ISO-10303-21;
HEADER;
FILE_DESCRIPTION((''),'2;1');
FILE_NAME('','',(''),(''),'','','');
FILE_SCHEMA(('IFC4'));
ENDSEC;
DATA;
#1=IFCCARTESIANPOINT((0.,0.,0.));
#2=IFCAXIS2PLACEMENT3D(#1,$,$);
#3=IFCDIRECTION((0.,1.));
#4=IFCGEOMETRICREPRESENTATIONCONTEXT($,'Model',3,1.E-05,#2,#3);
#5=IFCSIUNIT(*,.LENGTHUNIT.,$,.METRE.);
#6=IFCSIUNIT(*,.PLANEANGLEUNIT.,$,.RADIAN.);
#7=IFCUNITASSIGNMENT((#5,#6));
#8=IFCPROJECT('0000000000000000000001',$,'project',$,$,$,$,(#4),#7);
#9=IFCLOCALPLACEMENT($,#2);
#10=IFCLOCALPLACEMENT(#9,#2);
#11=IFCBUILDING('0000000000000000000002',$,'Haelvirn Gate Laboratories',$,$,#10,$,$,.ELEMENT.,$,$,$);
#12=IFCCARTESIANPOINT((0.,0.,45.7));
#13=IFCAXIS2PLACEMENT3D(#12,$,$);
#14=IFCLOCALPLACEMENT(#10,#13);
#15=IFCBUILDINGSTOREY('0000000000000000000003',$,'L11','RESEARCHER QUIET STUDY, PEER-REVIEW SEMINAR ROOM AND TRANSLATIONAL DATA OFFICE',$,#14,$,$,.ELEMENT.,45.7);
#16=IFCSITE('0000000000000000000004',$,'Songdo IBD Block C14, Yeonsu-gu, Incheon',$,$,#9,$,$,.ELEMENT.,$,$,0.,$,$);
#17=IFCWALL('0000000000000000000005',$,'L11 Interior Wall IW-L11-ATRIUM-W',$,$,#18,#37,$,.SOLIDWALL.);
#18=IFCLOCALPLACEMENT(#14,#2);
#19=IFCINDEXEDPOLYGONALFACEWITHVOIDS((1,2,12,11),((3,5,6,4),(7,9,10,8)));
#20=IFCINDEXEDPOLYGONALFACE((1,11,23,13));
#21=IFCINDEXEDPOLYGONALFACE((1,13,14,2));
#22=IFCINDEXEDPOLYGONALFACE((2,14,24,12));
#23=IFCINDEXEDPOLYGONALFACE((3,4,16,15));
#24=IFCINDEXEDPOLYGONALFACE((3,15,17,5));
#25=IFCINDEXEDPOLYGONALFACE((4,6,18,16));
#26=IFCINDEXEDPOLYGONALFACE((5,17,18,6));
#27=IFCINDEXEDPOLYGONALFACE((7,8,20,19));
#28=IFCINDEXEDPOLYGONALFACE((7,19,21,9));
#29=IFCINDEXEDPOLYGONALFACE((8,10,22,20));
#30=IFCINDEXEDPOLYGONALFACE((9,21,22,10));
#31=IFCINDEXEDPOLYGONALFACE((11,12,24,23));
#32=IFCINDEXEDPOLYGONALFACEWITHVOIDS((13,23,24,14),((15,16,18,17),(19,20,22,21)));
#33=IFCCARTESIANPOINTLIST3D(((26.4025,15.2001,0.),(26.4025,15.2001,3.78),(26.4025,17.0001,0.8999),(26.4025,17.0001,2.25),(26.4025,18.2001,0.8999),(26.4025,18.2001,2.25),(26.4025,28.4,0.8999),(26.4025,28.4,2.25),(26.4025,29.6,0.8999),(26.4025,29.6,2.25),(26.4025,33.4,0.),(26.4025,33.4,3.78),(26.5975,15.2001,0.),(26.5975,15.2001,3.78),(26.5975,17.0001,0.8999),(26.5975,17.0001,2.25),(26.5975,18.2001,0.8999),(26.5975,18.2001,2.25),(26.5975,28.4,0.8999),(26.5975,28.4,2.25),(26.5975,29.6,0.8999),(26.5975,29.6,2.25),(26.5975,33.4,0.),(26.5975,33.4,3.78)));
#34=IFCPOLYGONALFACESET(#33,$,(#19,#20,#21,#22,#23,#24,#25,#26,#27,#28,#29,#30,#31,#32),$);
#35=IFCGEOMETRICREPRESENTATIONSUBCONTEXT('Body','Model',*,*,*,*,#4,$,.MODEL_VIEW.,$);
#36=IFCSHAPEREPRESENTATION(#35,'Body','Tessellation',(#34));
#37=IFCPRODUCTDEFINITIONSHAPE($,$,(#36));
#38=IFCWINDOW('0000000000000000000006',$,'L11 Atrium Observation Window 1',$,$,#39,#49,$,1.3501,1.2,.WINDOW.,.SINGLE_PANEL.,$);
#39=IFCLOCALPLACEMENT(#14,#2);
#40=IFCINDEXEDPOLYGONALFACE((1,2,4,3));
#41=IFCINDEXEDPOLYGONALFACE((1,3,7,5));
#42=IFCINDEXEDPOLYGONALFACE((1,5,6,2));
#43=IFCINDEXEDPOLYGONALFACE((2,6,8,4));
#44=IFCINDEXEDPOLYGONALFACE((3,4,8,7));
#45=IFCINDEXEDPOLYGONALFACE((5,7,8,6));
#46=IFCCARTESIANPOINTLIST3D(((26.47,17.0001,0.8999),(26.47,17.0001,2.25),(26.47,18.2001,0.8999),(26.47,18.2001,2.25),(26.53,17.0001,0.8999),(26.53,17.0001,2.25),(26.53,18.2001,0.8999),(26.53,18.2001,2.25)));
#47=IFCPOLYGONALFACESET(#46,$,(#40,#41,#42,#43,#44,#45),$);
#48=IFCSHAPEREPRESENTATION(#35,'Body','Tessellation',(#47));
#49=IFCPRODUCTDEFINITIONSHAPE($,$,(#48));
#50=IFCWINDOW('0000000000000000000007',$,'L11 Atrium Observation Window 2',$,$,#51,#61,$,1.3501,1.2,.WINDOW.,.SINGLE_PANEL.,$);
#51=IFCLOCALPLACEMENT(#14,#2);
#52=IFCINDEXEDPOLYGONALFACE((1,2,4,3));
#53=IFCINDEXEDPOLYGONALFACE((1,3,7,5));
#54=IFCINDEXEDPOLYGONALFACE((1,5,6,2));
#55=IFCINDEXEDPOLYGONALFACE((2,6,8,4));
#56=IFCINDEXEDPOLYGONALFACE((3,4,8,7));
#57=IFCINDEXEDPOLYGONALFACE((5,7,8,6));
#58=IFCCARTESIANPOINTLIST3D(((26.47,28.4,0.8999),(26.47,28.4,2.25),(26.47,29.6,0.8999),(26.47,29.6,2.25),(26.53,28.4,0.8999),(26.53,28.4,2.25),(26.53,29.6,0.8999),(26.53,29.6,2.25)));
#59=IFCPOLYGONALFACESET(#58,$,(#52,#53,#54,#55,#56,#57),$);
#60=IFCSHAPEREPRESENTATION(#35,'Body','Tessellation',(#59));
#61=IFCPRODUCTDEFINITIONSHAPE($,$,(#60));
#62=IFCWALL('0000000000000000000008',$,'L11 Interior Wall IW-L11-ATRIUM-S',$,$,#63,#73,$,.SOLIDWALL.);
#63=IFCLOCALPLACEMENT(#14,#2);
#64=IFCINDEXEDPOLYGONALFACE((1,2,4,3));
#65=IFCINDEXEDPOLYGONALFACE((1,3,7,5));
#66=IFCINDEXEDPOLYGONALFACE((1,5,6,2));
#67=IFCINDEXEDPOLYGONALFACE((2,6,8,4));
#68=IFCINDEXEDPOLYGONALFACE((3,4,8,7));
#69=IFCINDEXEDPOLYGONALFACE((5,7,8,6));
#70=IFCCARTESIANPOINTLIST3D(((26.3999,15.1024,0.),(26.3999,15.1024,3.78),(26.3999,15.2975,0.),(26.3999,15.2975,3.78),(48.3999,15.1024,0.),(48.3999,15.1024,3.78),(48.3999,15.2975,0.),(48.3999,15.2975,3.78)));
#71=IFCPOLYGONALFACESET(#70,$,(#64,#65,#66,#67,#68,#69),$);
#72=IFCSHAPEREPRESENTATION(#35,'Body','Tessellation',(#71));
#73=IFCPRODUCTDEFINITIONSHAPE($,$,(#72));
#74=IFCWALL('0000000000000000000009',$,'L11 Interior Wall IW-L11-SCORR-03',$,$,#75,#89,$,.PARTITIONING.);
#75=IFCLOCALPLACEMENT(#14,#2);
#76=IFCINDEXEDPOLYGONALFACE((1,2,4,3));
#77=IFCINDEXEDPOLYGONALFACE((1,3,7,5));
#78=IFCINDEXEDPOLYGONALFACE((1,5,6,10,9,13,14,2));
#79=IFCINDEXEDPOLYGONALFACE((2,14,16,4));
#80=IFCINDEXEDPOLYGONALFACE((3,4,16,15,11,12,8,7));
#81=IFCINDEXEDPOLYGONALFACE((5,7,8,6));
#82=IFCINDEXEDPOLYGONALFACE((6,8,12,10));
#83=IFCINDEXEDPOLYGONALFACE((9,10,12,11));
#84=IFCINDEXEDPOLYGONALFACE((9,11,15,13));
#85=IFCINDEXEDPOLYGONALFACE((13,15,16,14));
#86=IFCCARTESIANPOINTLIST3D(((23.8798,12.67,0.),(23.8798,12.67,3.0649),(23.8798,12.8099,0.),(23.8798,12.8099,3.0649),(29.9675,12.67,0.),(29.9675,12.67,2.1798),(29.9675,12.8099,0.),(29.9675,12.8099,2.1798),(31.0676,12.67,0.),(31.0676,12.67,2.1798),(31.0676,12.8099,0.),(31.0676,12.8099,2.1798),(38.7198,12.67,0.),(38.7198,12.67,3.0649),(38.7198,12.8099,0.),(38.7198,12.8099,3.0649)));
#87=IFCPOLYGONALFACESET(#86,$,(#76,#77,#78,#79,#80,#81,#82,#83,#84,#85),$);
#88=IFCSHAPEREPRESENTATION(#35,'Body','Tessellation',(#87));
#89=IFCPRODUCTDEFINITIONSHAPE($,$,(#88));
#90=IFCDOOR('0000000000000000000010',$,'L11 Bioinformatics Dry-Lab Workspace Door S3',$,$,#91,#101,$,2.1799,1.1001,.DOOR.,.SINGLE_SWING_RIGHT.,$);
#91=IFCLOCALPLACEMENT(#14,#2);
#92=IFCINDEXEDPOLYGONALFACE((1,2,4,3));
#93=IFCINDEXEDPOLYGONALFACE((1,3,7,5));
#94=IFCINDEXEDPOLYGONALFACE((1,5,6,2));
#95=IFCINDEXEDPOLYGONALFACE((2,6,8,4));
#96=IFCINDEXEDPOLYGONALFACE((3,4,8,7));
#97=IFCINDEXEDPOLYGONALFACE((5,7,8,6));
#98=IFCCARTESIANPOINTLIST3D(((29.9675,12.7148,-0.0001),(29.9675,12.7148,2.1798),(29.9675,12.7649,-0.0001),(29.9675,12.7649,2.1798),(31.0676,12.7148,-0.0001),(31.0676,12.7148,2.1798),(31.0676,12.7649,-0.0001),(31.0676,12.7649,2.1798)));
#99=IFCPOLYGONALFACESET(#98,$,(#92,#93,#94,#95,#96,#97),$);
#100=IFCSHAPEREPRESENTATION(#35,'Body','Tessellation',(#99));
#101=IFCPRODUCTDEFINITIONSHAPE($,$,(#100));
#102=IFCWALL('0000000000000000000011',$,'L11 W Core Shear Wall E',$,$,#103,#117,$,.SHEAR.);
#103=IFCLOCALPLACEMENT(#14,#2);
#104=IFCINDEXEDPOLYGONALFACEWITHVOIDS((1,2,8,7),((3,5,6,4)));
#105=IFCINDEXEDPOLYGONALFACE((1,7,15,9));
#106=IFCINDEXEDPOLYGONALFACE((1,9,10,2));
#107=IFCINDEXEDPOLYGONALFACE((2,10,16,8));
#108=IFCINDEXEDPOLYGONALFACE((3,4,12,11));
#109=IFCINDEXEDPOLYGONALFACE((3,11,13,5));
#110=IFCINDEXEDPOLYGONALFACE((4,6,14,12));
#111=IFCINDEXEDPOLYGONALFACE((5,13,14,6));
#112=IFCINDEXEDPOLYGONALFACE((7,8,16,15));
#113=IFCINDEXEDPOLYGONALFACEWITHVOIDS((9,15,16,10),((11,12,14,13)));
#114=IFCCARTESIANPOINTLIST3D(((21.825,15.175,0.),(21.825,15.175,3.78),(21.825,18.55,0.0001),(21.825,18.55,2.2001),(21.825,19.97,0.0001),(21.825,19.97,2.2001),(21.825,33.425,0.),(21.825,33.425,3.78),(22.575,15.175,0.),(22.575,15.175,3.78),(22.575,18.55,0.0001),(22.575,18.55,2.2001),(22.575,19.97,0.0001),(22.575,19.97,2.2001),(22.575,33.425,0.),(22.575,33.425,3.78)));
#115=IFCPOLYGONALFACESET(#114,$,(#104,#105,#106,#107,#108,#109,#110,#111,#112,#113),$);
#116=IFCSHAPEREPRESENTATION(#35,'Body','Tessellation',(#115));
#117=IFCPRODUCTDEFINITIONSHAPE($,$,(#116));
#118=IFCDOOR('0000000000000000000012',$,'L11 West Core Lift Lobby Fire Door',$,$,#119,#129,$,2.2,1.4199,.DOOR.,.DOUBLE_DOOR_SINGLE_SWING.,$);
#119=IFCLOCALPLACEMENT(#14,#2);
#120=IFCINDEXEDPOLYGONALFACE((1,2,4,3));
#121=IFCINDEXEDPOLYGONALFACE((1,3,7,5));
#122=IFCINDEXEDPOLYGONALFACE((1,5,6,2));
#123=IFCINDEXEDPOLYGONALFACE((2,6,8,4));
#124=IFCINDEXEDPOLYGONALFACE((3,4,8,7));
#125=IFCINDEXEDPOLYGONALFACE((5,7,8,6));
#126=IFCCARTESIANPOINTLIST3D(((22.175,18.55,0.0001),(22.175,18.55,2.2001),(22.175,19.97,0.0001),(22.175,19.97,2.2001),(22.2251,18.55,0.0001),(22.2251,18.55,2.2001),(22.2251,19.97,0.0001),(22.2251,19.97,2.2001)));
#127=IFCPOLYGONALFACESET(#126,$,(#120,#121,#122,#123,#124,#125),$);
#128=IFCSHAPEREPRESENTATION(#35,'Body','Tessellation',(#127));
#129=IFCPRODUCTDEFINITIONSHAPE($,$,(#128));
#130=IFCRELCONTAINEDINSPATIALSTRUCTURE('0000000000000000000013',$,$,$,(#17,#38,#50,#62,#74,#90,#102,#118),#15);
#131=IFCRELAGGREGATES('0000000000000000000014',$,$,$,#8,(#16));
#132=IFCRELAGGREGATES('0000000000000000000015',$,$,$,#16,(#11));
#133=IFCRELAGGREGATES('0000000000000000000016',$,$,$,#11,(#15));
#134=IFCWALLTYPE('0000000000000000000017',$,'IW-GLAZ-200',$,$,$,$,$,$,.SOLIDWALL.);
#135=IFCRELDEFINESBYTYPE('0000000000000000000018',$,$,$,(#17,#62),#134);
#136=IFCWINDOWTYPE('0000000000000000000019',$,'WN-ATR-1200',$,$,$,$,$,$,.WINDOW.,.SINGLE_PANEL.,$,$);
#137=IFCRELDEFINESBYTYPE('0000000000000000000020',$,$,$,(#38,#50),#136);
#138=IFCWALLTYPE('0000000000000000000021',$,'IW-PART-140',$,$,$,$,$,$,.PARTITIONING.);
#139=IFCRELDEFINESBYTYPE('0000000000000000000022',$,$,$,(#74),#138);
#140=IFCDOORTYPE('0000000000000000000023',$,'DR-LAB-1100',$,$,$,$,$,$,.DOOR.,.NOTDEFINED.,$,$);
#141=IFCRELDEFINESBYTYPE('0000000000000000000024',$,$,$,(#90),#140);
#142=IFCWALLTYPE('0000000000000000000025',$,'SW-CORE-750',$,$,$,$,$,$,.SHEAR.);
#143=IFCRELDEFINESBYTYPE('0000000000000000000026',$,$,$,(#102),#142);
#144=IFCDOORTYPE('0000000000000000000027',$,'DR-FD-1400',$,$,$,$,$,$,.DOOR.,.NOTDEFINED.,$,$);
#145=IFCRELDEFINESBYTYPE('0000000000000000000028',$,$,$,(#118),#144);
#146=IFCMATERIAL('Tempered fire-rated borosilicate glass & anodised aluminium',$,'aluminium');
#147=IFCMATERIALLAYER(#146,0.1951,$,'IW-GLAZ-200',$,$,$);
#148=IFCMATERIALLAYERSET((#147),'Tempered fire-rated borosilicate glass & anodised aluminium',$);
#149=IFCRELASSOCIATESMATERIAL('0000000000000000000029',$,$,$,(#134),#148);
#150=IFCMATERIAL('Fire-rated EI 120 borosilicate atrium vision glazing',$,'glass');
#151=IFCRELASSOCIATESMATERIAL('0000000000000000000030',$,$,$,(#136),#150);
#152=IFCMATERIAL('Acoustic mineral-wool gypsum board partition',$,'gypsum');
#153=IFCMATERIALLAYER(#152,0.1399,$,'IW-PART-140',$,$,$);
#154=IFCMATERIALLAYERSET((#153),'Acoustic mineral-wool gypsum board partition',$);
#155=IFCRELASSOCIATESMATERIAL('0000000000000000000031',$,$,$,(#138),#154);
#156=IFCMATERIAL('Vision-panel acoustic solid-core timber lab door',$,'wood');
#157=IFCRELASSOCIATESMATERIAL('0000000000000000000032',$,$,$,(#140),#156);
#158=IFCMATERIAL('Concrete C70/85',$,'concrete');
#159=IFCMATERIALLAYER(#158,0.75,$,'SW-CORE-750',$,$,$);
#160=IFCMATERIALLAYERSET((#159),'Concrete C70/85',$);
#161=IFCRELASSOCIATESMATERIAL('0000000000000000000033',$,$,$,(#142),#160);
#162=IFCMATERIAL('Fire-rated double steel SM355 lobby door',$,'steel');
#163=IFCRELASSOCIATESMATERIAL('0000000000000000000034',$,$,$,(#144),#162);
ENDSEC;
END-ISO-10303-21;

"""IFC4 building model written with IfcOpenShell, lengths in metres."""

from ifc_helpers import new_model, si_unit, direction, frame, frame_2d, origin, place, context, subcontext, project, spatial, rectangle, extrude, source, transform, mapped, material, layer, layer_set, type_object, type_shapes, element, fill, save


model = new_model("IFC4")

# Units and contexts
model_context = context("Model", 3, precision=1e-05, world=origin(), true_north=direction((0.0, 1.0)))
body_context = subcontext(model_context, "Body", "Model", "MODEL_VIEW")
ifc_project = project(units=[si_unit("LENGTHUNIT", "METRE"), si_unit("PLANEANGLEUNIT", "RADIAN")], contexts=[model_context])

# Site, building, storey
site_placement = place(None, origin())
site = spatial("IfcSite", under=ifc_project, at=site_placement, Name="Songdo IBD Block C14, Yeonsu-gu, Incheon", CompositionType="ELEMENT", RefElevation=0.0)
building_placement = place(site_placement, origin())
building = spatial("IfcBuilding", under=site, at=building_placement, Name="Haelvirn Gate Laboratories", CompositionType="ELEMENT")
storey_placement = place(building_placement, frame((0.0, 0.0, 45.7)))
storey = spatial("IfcBuildingStorey", under=building, at=storey_placement, Name="L11", Description="RESEARCHER QUIET STUDY, PEER-REVIEW SEMINAR ROOM AND TRANSLATIONAL DATA OFFICE", CompositionType="ELEMENT", Elevation=45.7)

# Wall, openings, windows
ifc_material_1 = material(Name="Tempered fire-rated borosilicate glass & anodised aluminium", Category="aluminium")
ifc_layer_1 = layer(ifc_material_1, 0.1951, Name="IW-GLAZ-200")
ifc_layer_set_1 = layer_set([ifc_layer_1], Name="Tempered fire-rated borosilicate glass & anodised aluminium")
wall_type_1 = type_object("IfcWallType", Name="IW-GLAZ-200", PredefinedType="SOLIDWALL", material=ifc_layer_set_1)
wall_1_placement = place(storey_placement, frame((26.5, 15.2, 0.0), z_axis=(0.0, 0.0, 1.0), x_axis=(0.0, 1.0, 0.0)))
wall_1 = element("IfcWall", 1, at=wall_1_placement, inside=storey, type_object=wall_type_1, Name="L11 Interior Wall IW-L11-ATRIUM-W", PredefinedType="SOLIDWALL", context=body_context, shape_type="SweptSolid", body=[
    extrude(rectangle(XDim=18.2, YDim=0.1951, at=frame_2d((9.1001, 0.0))), origin(), (0.0, 0.0, 1.0), 3.78),
])
opening_1_placement = place(wall_1_placement, frame((1.8, 0.0, 0.8999)))
opening_1 = element("IfcOpeningElement", 2, at=opening_1_placement, cuts=wall_1, PredefinedType="OPENING", context=body_context, shape_type="SweptSolid", body=[
    extrude(rectangle(XDim=1.2, YDim=1.3501, at=frame_2d((0.6001, 0.675))), frame((0.0, 0.1074, 0.0), z_axis=(0.0, -1.0, 0.0), x_axis=(1.0, 0.0, 0.0)), (0.0, 0.0, 1.0), 0.2151),
])
opening_2_placement = place(wall_1_placement, frame((13.2, 0.0, 0.8999)))
opening_2 = element("IfcOpeningElement", 3, at=opening_2_placement, cuts=wall_1, PredefinedType="OPENING", context=body_context, shape_type="SweptSolid", body=[
    extrude(rectangle(XDim=1.2, YDim=1.3501, at=frame_2d((0.6001, 0.675))), frame((0.0, 0.1074, 0.0), z_axis=(0.0, -1.0, 0.0), x_axis=(1.0, 0.0, 0.0)), (0.0, 0.0, 1.0), 0.2151),
])
ifc_material_2 = material(Name="Fire-rated EI 120 borosilicate atrium vision glazing", Category="glass")
window_type = type_object("IfcWindowType", Name="WN-ATR-1200", PartitioningType="SINGLE_PANEL", PredefinedType="WINDOW", material=ifc_material_2)
shared_shape_1 = source(origin(), body_context, "Body", "SweptSolid", [
    extrude(rectangle(XDim=1.2, YDim=1.3501, at=frame_2d((0.6001, 0.675))), frame((0.0, 0.03, 0.0), z_axis=(0.0, -1.0, 0.0), x_axis=(1.0, 0.0, 0.0)), (0.0, 0.0, 1.0), 0.0601),
])
type_shapes(window_type, [shared_shape_1])
window_1_placement = place(opening_1_placement, origin())
window_1 = element("IfcWindow", 4, at=window_1_placement, inside=storey, type_object=window_type, Name="L11 Atrium Observation Window 1", OverallHeight=1.3501, OverallWidth=1.2, PartitioningType="SINGLE_PANEL", PredefinedType="WINDOW", context=body_context, shape_type="MappedRepresentation", body=[
    mapped(shared_shape_1, transform((0.0, 0.0, 0.0), scale=1.0)),
])
fill(opening_1, window_1)
window_2_placement = place(opening_2_placement, origin())
window_2 = element("IfcWindow", 5, at=window_2_placement, inside=storey, type_object=window_type, Name="L11 Atrium Observation Window 2", OverallHeight=1.3501, OverallWidth=1.2, PartitioningType="SINGLE_PANEL", PredefinedType="WINDOW", context=body_context, shape_type="MappedRepresentation", body=[
    mapped(shared_shape_1, transform((0.0, 0.0, 0.0), scale=1.0)),
])
fill(opening_2, window_2)

# Wall
wall_2_placement = place(storey_placement, frame((26.3999, 15.2, 0.0), z_axis=(0.0, 0.0, 1.0), x_axis=(1.0, 0.0, 0.0)))
element("IfcWall", 6, at=wall_2_placement, inside=storey, type_object=wall_type_1, Name="L11 Interior Wall IW-L11-ATRIUM-S", PredefinedType="SOLIDWALL", context=body_context, shape_type="SweptSolid", body=[
    extrude(rectangle(XDim=22.0, YDim=0.1951, at=frame_2d((11.0, 0.0))), origin(), (0.0, 0.0, 1.0), 3.78),
])

# Walls, openings, doors
ifc_material_3 = material(Name="Acoustic mineral-wool gypsum board partition", Category="gypsum")
ifc_layer_2 = layer(ifc_material_3, 0.1399, Name="IW-PART-140")
ifc_layer_set_2 = layer_set([ifc_layer_2], Name="Acoustic mineral-wool gypsum board partition")
wall_type_2 = type_object("IfcWallType", Name="IW-PART-140", PredefinedType="PARTITIONING", material=ifc_layer_set_2)
wall_3_placement = place(storey_placement, frame((23.8799, 12.74, 0.0), z_axis=(0.0, 0.0, 1.0), x_axis=(1.0, 0.0, 0.0)))
wall_3 = element("IfcWall", 7, at=wall_3_placement, inside=storey, type_object=wall_type_2, Name="L11 Interior Wall IW-L11-SCORR-03", PredefinedType="PARTITIONING", context=body_context, shape_type="SweptSolid", body=[
    extrude(rectangle(XDim=14.8401, YDim=0.1399, at=frame_2d((7.4199, 0.0))), origin(), (0.0, 0.0, 1.0), 3.0649),
])
opening_3_placement = place(wall_3_placement, frame((6.0876, 0.0, 0.0)))
opening_3 = element("IfcOpeningElement", 8, at=opening_3_placement, cuts=wall_3, PredefinedType="OPENING", context=body_context, shape_type="SweptSolid", body=[
    extrude(rectangle(XDim=1.1001, YDim=2.1799, at=frame_2d((0.55, 1.0898))), frame((0.0, 0.0801, 0.0), z_axis=(0.0, -1.0, 0.0), x_axis=(1.0, 0.0, 0.0)), (0.0, 0.0, 1.0), 0.1599),
])
ifc_material_4 = material(Name="Vision-panel acoustic solid-core timber lab door", Category="wood")
door_type_1 = type_object("IfcDoorType", Name="DR-LAB-1100", OperationType="NOTDEFINED", PredefinedType="DOOR", material=ifc_material_4)
shared_shape_2 = source(origin(), body_context, "Body", "SweptSolid", [
    extrude(rectangle(XDim=1.1001, YDim=2.1799, at=frame_2d((0.55, 1.0898))), frame((0.0, 0.0249, 0.0), z_axis=(0.0, -1.0, 0.0), x_axis=(1.0, 0.0, 0.0)), (0.0, 0.0, 1.0), 0.05),
])
type_shapes(door_type_1, [shared_shape_2])
door_1_placement = place(opening_3_placement, origin())
door_1 = element("IfcDoor", 9, at=door_1_placement, inside=storey, type_object=door_type_1, Name="L11 Bioinformatics Dry-Lab Workspace Door S3", OperationType="SINGLE_SWING_RIGHT", OverallHeight=2.1799, OverallWidth=1.1001, PredefinedType="DOOR", context=body_context, shape_type="MappedRepresentation", body=[
    mapped(shared_shape_2, transform((0.0, 0.0, 0.0), scale=1.0)),
])
fill(opening_3, door_1)
ifc_material_5 = material(Name="Concrete C70/85", Category="concrete")
ifc_layer_3 = layer(ifc_material_5, 0.75, Name="SW-CORE-750")
ifc_layer_set_3 = layer_set([ifc_layer_3], Name="Concrete C70/85")
wall_type_3 = type_object("IfcWallType", Name="SW-CORE-750", PredefinedType="SHEAR", material=ifc_layer_set_3)
wall_4_placement = place(storey_placement, frame((22.2, 15.175, 0.0), z_axis=(0.0, 0.0, 1.0), x_axis=(0.0, 1.0, 0.0)))
wall_4 = element("IfcWall", 10, at=wall_4_placement, inside=storey, type_object=wall_type_3, Name="L11 W Core Shear Wall E", PredefinedType="SHEAR", context=body_context, shape_type="SweptSolid", body=[
    extrude(rectangle(XDim=18.25, YDim=0.75, at=frame_2d((9.125, 0.0))), origin(), (0.0, 0.0, 1.0), 3.78),
])
opening_4_placement = place(wall_4_placement, frame((3.375, 0.0, 0.0)))
opening_4 = element("IfcOpeningElement", 11, at=opening_4_placement, cuts=wall_4, PredefinedType="OPENING", context=body_context, shape_type="SweptSolid", body=[
    extrude(rectangle(XDim=1.4199, YDim=2.2, at=frame_2d((0.71, 1.1001))), frame((0.0, 0.385, 0.0), z_axis=(0.0, -1.0, 0.0), x_axis=(1.0, 0.0, 0.0)), (0.0, 0.0, 1.0), 0.77),
])
ifc_material_6 = material(Name="Fire-rated double steel SM355 lobby door", Category="steel")
door_type_2 = type_object("IfcDoorType", Name="DR-FD-1400", OperationType="NOTDEFINED", PredefinedType="DOOR", material=ifc_material_6)
shared_shape_3 = source(origin(), body_context, "Body", "SweptSolid", [
    extrude(rectangle(XDim=1.4199, YDim=2.2, at=frame_2d((0.71, 1.1001))), frame((0.0, 0.0249, 0.0), z_axis=(0.0, -1.0, 0.0), x_axis=(1.0, 0.0, 0.0)), (0.0, 0.0, 1.0), 0.05),
])
type_shapes(door_type_2, [shared_shape_3])
door_2_placement = place(opening_4_placement, origin())
door_2 = element("IfcDoor", 12, at=door_2_placement, inside=storey, type_object=door_type_2, Name="L11 West Core Lift Lobby Fire Door", OperationType="DOUBLE_DOOR_SINGLE_SWING", OverallHeight=2.2, OverallWidth=1.4199, PredefinedType="DOOR", context=body_context, shape_type="MappedRepresentation", body=[
    mapped(shared_shape_3, transform((0.0, 0.0, 0.0), scale=1.0)),
])
fill(opening_4, door_2)

save(model, "model.ifc")
